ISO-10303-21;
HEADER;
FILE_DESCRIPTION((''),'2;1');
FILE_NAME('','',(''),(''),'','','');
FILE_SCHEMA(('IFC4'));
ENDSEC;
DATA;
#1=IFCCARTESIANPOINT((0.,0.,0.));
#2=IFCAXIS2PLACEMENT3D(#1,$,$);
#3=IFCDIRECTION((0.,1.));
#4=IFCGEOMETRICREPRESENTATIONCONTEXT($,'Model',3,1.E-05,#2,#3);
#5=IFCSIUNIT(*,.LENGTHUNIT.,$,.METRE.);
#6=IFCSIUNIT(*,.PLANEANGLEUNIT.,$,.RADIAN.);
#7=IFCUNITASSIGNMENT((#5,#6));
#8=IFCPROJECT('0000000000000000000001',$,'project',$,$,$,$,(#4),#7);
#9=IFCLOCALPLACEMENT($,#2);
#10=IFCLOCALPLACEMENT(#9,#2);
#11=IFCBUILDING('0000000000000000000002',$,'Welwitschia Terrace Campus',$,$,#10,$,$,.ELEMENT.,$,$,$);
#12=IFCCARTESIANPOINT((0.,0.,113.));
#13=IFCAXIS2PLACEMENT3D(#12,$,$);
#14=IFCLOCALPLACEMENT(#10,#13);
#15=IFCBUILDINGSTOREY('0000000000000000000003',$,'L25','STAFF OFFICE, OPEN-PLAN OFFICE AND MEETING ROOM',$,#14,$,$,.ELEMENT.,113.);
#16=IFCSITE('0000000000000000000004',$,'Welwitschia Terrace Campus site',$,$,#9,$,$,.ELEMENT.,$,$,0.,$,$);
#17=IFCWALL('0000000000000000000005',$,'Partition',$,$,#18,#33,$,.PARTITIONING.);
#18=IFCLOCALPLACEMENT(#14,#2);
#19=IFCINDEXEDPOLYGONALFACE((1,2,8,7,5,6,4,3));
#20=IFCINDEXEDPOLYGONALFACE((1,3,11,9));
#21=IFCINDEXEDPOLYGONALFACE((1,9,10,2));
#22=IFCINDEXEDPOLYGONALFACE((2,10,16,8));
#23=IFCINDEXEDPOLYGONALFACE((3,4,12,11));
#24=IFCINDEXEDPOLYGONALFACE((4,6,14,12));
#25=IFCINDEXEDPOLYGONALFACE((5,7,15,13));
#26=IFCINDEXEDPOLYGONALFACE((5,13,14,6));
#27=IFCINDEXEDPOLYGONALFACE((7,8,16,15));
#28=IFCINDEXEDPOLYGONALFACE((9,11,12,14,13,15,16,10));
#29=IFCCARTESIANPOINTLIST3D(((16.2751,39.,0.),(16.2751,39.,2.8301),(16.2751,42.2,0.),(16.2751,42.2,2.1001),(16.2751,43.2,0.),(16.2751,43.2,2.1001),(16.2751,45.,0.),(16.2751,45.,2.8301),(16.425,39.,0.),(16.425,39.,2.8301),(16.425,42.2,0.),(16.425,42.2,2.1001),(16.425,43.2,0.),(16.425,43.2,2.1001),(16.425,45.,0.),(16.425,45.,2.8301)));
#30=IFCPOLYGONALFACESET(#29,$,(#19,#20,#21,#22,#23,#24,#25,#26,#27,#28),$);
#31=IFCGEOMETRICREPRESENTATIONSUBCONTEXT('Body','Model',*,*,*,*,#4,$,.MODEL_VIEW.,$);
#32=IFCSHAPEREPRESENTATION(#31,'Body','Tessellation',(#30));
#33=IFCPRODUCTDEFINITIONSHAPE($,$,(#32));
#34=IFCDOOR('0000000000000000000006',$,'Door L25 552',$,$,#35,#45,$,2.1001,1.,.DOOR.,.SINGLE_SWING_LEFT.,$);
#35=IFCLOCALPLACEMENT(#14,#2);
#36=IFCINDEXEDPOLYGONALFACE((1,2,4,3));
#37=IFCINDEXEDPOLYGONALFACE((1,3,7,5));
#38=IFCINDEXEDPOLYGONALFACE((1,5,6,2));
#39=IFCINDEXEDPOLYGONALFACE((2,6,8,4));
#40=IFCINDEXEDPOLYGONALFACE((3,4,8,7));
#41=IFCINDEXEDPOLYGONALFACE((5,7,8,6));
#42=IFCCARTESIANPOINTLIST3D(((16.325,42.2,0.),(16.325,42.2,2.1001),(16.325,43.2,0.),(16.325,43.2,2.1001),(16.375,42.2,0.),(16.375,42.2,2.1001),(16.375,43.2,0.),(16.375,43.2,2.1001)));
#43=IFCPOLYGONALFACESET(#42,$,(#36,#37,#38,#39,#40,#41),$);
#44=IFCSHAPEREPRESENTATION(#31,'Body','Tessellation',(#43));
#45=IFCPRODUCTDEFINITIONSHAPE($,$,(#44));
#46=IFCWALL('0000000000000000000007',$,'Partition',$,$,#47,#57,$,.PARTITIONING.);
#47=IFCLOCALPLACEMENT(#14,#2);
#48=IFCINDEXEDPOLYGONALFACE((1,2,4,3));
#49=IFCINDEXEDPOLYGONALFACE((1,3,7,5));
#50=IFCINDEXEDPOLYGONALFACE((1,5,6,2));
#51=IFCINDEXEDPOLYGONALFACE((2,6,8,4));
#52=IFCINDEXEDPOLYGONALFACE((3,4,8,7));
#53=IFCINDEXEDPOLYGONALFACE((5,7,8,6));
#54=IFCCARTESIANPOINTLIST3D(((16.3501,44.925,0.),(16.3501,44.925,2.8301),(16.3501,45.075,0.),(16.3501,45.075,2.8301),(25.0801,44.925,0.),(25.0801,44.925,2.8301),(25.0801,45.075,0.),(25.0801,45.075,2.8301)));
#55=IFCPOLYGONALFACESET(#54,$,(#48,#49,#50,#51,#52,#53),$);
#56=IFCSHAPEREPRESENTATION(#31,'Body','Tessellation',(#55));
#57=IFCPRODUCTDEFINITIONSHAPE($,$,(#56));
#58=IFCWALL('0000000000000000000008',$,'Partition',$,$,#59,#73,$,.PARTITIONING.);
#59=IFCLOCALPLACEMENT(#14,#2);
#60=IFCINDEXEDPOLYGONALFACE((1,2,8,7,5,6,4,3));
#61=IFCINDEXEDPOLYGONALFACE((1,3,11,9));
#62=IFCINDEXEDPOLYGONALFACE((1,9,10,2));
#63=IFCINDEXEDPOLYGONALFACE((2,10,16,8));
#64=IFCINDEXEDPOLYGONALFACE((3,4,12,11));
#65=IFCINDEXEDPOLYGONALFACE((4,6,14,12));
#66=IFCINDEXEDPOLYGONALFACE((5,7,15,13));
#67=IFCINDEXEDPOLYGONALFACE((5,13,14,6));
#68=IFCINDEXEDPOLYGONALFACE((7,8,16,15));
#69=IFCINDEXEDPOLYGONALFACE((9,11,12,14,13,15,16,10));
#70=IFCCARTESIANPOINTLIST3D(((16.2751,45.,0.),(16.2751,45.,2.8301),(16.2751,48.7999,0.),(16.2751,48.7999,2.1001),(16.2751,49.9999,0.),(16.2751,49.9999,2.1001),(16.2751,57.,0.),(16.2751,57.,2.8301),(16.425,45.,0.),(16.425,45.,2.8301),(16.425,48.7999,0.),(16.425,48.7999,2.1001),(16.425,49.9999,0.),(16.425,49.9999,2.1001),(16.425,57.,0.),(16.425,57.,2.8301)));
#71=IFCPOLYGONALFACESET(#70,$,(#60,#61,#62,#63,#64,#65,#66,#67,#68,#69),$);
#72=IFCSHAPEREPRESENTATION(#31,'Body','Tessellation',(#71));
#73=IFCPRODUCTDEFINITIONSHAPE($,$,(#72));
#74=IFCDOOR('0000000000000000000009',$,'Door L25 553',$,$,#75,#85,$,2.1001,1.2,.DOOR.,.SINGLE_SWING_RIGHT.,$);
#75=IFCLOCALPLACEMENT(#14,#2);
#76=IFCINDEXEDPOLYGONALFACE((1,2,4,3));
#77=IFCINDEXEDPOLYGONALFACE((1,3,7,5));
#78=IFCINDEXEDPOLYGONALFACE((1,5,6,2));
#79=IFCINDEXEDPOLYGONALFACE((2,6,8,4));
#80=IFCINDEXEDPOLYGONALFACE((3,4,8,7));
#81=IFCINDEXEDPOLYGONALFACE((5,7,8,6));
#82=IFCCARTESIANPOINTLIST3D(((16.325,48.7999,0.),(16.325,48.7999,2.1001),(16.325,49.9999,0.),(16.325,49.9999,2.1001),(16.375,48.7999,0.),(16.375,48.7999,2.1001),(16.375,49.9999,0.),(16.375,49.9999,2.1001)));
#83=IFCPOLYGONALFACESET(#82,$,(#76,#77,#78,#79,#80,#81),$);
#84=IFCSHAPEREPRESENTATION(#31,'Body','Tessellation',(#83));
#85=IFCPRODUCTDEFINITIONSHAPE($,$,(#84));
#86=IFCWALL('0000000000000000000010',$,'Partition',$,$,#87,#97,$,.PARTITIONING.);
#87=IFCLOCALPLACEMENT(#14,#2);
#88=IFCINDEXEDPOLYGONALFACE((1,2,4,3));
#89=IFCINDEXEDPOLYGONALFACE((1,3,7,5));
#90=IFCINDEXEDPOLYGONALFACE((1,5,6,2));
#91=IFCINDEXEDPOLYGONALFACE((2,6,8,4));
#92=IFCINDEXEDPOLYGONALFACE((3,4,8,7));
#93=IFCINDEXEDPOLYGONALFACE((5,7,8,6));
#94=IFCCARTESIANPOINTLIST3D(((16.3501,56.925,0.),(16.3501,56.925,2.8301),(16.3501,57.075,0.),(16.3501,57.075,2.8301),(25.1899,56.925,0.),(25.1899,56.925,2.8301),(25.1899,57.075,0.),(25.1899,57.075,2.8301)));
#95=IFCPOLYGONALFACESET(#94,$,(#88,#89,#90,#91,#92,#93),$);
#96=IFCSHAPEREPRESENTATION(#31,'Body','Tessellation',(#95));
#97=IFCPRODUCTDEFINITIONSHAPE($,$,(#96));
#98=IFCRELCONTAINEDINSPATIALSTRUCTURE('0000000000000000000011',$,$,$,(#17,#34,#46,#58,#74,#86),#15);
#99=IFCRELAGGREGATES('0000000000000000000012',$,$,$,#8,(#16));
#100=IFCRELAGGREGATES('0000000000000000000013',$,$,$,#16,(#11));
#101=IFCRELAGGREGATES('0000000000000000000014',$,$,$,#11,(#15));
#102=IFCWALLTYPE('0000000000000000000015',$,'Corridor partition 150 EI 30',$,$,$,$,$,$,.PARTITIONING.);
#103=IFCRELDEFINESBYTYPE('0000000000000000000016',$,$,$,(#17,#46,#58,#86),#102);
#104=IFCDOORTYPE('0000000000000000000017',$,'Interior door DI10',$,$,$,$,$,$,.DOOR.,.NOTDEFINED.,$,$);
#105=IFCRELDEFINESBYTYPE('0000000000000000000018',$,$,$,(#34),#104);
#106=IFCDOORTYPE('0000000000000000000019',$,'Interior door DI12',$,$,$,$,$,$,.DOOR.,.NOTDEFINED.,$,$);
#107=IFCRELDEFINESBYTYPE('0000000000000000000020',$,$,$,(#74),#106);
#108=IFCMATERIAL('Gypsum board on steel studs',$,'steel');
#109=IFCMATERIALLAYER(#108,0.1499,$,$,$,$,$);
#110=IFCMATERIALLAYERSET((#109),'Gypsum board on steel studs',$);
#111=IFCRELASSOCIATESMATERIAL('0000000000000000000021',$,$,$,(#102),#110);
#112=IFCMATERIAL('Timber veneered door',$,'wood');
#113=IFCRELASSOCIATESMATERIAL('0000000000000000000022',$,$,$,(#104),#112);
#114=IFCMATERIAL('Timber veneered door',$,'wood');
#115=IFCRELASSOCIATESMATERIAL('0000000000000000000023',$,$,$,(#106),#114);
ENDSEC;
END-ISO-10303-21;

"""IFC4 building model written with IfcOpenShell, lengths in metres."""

from ifc_helpers import new_model, si_unit, direction, frame, frame_2d, origin, place, context, subcontext, project, spatial, rectangle, extrude, material, layer, layer_set, type_object, element, fill, save


model = new_model("IFC4")

# Units and contexts
model_context = context("Model", 3, precision=1e-05, world=origin(), true_north=direction((0.0, 1.0)))
body_context = subcontext(model_context, "Body", "Model", "MODEL_VIEW")
ifc_project = project(units=[si_unit("LENGTHUNIT", "METRE"), si_unit("PLANEANGLEUNIT", "RADIAN")], contexts=[model_context])

# Site, building, storey
site_placement = place(None, origin())
site = spatial("IfcSite", under=ifc_project, at=site_placement, Name="Welwitschia Terrace Campus site", CompositionType="ELEMENT", RefElevation=0.0)
building_placement = place(site_placement, origin())
building = spatial("IfcBuilding", under=site, at=building_placement, Name="Welwitschia Terrace Campus", CompositionType="ELEMENT")
storey_placement = place(building_placement, frame((0.0, 0.0, 113.0)))
storey = spatial("IfcBuildingStorey", under=building, at=storey_placement, Name="L25", Description="STAFF OFFICE, OPEN-PLAN OFFICE AND MEETING ROOM", CompositionType="ELEMENT", Elevation=113.0)

# Wall, opening, door
ifc_material_1 = material(Name="Gypsum board on steel studs", Category="steel")
ifc_layer_1 = layer(ifc_material_1, 0.1499)
ifc_layer_set_1 = layer_set([ifc_layer_1], Name="Gypsum board on steel studs")
wall_type = type_object("IfcWallType", Name="Corridor partition 150 EI 30", PredefinedType="PARTITIONING", material=ifc_layer_set_1)
wall_1_placement = place(storey_placement, frame((16.3501, 45.0, 0.0), z_axis=(0.0, 0.0, 1.0), x_axis=(0.0, -1.0, 0.0)))
wall_1 = element("IfcWall", 1, at=wall_1_placement, inside=storey, type_object=wall_type, Name="Partition", PredefinedType="PARTITIONING", context=body_context, shape_type="SweptSolid", body=[
    extrude(rectangle(XDim=6.0, YDim=0.1499, at=frame_2d((3.0, 0.0))), origin(), (0.0, 0.0, 1.0), 2.8301),
])
opening_1_placement = place(wall_1_placement, frame((1.8, 0.0, 0.0)))
opening_1 = element("IfcOpeningElement", 2, at=opening_1_placement, cuts=wall_1, PredefinedType="OPENING", context=body_context, shape_type="SweptSolid", body=[
    extrude(rectangle(XDim=1.0, YDim=2.1001, at=frame_2d((0.5, 1.05))), frame((0.0, 0.085, 0.0), z_axis=(0.0, -1.0, 0.0), x_axis=(1.0, 0.0, 0.0)), (0.0, 0.0, 1.0), 0.1699),
])
ifc_material_2 = material(Name="Timber veneered door", Category="wood")
door_type_1 = type_object("IfcDoorType", Name="Interior door DI10", OperationType="NOTDEFINED", PredefinedType="DOOR", material=ifc_material_2)
door_1_placement = place(opening_1_placement, origin())
door_1 = element("IfcDoor", 3, at=door_1_placement, inside=storey, type_object=door_type_1, Name="Door L25 552", OperationType="SINGLE_SWING_LEFT", OverallHeight=2.1001, OverallWidth=1.0, PredefinedType="DOOR", context=body_context, shape_type="SweptSolid", body=[
    extrude(rectangle(XDim=1.0, YDim=2.1001, at=frame_2d((0.5, 1.05))), frame((0.0, 0.0249, 0.0), z_axis=(0.0, -1.0, 0.0), x_axis=(1.0, 0.0, 0.0)), (0.0, 0.0, 1.0), 0.05),
])
fill(opening_1, door_1)

# Wall
wall_2_placement = place(storey_placement, frame((16.3501, 45.0, 0.0), z_axis=(0.0, 0.0, 1.0), x_axis=(1.0, 0.0, 0.0)))
element("IfcWall", 4, at=wall_2_placement, inside=storey, type_object=wall_type, Name="Partition", PredefinedType="PARTITIONING", context=body_context, shape_type="SweptSolid", body=[
    extrude(rectangle(XDim=8.73, YDim=0.1499, at=frame_2d((4.365, 0.0))), origin(), (0.0, 0.0, 1.0), 2.8301),
])

# Wall, opening, door
wall_3_placement = place(storey_placement, frame((16.3501, 57.0, 0.0), z_axis=(0.0, 0.0, 1.0), x_axis=(0.0, -1.0, 0.0)))
wall_3 = element("IfcWall", 5, at=wall_3_placement, inside=storey, type_object=wall_type, Name="Partition", PredefinedType="PARTITIONING", context=body_context, shape_type="SweptSolid", body=[
    extrude(rectangle(XDim=12.0, YDim=0.1499, at=frame_2d((6.0, 0.0))), origin(), (0.0, 0.0, 1.0), 2.8301),
])
opening_2_placement = place(wall_3_placement, frame((7.0, 0.0, 0.0)))
opening_2 = element("IfcOpeningElement", 6, at=opening_2_placement, cuts=wall_3, PredefinedType="OPENING", context=body_context, shape_type="SweptSolid", body=[
    extrude(rectangle(XDim=1.2, YDim=2.1001, at=frame_2d((0.6001, 1.05))), frame((0.0, 0.085, 0.0), z_axis=(0.0, -1.0, 0.0), x_axis=(1.0, 0.0, 0.0)), (0.0, 0.0, 1.0), 0.1699),
])
ifc_material_3 = material(Name="Timber veneered door", Category="wood")
door_type_2 = type_object("IfcDoorType", Name="Interior door DI12", OperationType="NOTDEFINED", PredefinedType="DOOR", material=ifc_material_3)
door_2_placement = place(opening_2_placement, origin())
door_2 = element("IfcDoor", 7, at=door_2_placement, inside=storey, type_object=door_type_2, Name="Door L25 553", OperationType="SINGLE_SWING_RIGHT", OverallHeight=2.1001, OverallWidth=1.2, PredefinedType="DOOR", context=body_context, shape_type="SweptSolid", body=[
    extrude(rectangle(XDim=1.2, YDim=2.1001, at=frame_2d((0.6001, 1.05))), frame((0.0, 0.0249, 0.0), z_axis=(0.0, -1.0, 0.0), x_axis=(1.0, 0.0, 0.0)), (0.0, 0.0, 1.0), 0.05),
])
fill(opening_2, door_2)

# Wall
wall_4_placement = place(storey_placement, frame((16.3501, 57.0, 0.0), z_axis=(0.0, 0.0, 1.0), x_axis=(1.0, 0.0, 0.0)))
element("IfcWall", 8, at=wall_4_placement, inside=storey, type_object=wall_type, Name="Partition", PredefinedType="PARTITIONING", context=body_context, shape_type="SweptSolid", body=[
    extrude(rectangle(XDim=8.8398, YDim=0.1499, at=frame_2d((4.4199, 0.0))), origin(), (0.0, 0.0, 1.0), 2.8301),
])

save(model, "model.ifc")
